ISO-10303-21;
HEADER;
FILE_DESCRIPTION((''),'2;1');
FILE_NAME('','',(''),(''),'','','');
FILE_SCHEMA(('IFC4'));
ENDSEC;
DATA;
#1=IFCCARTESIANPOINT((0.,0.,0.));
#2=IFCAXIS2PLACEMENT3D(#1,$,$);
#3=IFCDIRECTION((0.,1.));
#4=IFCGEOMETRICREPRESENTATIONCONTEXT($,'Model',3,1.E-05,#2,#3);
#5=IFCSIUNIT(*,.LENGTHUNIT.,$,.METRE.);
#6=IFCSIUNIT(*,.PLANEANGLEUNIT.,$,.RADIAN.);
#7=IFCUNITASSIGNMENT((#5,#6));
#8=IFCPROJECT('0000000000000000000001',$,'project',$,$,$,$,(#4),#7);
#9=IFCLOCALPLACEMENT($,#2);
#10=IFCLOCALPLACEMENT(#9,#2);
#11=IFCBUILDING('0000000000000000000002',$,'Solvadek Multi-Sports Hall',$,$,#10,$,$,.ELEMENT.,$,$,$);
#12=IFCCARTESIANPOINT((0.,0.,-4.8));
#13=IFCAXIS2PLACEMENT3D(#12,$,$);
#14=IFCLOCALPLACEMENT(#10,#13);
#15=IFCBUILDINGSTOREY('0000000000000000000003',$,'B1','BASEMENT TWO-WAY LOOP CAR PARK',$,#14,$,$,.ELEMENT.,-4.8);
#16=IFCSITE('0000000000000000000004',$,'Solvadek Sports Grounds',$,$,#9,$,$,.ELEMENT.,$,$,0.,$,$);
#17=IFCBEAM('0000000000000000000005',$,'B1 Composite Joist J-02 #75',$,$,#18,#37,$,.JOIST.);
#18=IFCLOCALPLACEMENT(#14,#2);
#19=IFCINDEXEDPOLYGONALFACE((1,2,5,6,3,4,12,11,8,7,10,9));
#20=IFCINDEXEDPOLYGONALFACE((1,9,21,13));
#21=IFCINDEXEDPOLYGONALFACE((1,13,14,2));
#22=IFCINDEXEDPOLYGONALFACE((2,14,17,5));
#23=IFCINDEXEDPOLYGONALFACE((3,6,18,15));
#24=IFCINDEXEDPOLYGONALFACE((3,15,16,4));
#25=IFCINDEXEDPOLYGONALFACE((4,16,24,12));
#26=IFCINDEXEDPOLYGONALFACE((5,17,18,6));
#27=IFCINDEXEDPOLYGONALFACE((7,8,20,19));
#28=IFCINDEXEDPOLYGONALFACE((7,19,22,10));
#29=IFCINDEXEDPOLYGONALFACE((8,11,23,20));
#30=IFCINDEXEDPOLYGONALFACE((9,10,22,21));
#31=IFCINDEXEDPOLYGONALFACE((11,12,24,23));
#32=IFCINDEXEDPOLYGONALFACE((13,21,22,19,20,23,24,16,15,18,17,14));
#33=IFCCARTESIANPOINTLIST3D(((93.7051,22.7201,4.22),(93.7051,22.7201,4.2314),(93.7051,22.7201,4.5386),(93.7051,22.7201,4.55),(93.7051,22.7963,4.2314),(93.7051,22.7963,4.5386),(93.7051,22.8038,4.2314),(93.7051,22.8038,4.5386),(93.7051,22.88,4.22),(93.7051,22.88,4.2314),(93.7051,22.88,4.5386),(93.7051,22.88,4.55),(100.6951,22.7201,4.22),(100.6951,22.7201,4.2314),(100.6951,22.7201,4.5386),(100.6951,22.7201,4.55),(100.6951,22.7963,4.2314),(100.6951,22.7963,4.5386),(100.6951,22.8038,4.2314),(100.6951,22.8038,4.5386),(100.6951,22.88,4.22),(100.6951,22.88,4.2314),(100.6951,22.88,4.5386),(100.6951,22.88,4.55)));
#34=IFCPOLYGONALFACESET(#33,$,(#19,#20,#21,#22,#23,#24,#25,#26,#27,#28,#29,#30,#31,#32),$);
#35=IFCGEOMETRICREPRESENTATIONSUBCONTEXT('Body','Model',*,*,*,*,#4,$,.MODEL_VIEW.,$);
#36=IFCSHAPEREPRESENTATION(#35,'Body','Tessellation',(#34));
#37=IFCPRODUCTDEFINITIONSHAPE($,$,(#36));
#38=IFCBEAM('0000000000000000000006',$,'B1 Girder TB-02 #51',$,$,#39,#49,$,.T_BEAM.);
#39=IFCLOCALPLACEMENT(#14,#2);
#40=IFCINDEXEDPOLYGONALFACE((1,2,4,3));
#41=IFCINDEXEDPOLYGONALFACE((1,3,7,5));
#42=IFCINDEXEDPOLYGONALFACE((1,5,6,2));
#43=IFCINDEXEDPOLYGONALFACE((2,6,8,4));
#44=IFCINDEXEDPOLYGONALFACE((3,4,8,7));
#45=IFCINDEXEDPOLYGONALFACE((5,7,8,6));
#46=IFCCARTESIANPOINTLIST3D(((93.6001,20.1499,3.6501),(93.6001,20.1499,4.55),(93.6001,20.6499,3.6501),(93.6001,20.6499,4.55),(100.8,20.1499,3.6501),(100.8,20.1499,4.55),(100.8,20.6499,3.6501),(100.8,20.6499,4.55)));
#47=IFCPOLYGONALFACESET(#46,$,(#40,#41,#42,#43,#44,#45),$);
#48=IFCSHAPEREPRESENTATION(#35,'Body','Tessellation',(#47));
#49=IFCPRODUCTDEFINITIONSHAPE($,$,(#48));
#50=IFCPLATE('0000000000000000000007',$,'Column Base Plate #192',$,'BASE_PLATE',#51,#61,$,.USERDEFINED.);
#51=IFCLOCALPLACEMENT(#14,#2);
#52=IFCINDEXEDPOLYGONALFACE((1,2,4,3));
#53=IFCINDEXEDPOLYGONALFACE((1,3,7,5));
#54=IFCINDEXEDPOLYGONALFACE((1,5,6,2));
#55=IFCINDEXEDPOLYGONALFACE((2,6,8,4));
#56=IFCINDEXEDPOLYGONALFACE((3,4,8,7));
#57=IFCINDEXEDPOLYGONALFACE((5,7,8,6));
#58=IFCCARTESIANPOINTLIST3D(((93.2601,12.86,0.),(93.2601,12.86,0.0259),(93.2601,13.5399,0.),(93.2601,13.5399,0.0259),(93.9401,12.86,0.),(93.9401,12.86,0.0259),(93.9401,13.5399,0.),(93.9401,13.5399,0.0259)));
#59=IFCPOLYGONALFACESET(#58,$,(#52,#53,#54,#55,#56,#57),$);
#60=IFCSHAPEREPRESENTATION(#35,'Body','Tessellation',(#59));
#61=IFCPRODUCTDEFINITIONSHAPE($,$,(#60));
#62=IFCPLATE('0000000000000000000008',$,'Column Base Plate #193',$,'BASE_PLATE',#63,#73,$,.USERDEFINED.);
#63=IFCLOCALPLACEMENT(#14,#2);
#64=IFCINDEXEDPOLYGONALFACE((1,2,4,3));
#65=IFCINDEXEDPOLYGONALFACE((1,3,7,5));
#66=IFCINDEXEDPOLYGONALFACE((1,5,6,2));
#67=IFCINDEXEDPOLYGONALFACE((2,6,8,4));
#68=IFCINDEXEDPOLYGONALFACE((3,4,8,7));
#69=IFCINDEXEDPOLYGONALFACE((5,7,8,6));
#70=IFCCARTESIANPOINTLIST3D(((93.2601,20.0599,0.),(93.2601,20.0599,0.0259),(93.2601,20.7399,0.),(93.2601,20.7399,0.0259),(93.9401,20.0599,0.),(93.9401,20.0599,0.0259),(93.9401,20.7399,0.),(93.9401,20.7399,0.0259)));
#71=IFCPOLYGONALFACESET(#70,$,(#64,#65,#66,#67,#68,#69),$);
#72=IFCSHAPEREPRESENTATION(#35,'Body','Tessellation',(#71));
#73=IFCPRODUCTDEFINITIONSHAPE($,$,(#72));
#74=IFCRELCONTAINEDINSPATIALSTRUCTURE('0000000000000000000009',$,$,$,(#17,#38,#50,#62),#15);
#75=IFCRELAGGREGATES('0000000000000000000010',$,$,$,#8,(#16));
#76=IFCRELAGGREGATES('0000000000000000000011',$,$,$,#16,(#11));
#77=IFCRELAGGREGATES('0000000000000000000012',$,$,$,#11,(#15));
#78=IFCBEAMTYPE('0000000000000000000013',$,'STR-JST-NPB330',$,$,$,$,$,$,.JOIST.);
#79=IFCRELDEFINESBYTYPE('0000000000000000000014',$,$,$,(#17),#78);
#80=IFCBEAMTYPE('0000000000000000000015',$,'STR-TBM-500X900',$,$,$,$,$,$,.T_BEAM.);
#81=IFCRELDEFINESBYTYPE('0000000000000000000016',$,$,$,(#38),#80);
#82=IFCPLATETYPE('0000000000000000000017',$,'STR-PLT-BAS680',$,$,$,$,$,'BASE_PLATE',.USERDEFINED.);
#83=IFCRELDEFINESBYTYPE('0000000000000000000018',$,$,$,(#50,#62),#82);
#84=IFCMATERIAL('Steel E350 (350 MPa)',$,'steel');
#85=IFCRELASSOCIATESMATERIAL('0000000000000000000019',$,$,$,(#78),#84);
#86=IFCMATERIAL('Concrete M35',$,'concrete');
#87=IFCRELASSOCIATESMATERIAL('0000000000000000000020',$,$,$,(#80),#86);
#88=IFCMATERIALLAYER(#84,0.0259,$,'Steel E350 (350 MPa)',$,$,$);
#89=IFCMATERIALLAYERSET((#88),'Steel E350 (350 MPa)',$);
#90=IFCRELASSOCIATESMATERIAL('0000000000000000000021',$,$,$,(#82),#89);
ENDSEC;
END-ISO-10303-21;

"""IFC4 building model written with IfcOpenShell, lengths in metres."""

from ifc_helpers import new_model, si_unit, direction, frame, origin, origin_2d, place, context, subcontext, project, spatial, rectangle, i_section, extrude, material, layer, layer_set, material_profile, profile_set, type_object, element, save


model = new_model("IFC4")

# Units and contexts
model_context = context("Model", 3, precision=1e-05, world=origin(), true_north=direction((0.0, 1.0)))
body_context = subcontext(model_context, "Body", "Model", "MODEL_VIEW")
ifc_project = project(units=[si_unit("LENGTHUNIT", "METRE"), si_unit("PLANEANGLEUNIT", "RADIAN")], contexts=[model_context])

# Site, building, storey
site_placement = place(None, origin())
site = spatial("IfcSite", under=ifc_project, at=site_placement, Name="Solvadek Sports Grounds", CompositionType="ELEMENT", RefElevation=0.0)
building_placement = place(site_placement, origin())
building = spatial("IfcBuilding", under=site, at=building_placement, Name="Solvadek Multi-Sports Hall", CompositionType="ELEMENT")
storey_placement = place(building_placement, frame((0.0, 0.0, -4.8)))
storey = spatial("IfcBuildingStorey", under=building, at=storey_placement, Name="B1", Description="BASEMENT TWO-WAY LOOP CAR PARK", CompositionType="ELEMENT", Elevation=-4.8)

# Shared definitions
ifc_material_1 = material(Name="Concrete M35", Category="concrete")

# Shared definitions
ifc_material_2 = material(Name="Steel E350 (350 MPa)", Category="steel")

# Beams
ifc_material_profile_1 = material_profile(ifc_material_2, i_section(OverallWidth=0.1599, OverallDepth=0.3301, WebThickness=0.0076, FlangeThickness=0.0115, at=origin_2d()), Name="NPB 330")
ifc_profile_set_1 = profile_set([ifc_material_profile_1], Name="Steel E350 (350 MPa)")
beam_type_1 = type_object("IfcBeamType", Name="STR-JST-NPB330", PredefinedType="JOIST", material=ifc_profile_set_1)
beam_1_placement = place(storey_placement, frame((93.7051, 22.8, 4.385), z_axis=(1.0, 0.0, 0.0), x_axis=(0.0, 1.0, 0.0)))
element("IfcBeam", 1, at=beam_1_placement, inside=storey, type_object=beam_type_1, Name="B1 Composite Joist J-02 #75", PredefinedType="JOIST", context=body_context, shape_type="SweptSolid", body=[
    extrude(i_section(OverallWidth=0.1599, OverallDepth=0.3301, WebThickness=0.0076, FlangeThickness=0.0115, at=origin_2d()), origin(), (0.0, 0.0, 1.0), 6.99),
])
ifc_material_profile_2 = material_profile(ifc_material_1, rectangle(XDim=0.5, YDim=0.8999, at=origin_2d()), Name="RC T-BEAM 500x900")
ifc_profile_set_2 = profile_set([ifc_material_profile_2], Name="Concrete M35")
beam_type_2 = type_object("IfcBeamType", Name="STR-TBM-500X900", PredefinedType="T_BEAM", material=ifc_profile_set_2)
beam_2_placement = place(storey_placement, frame((93.6001, 20.3999, 4.1001), z_axis=(1.0, 0.0, 0.0), x_axis=(0.0, 1.0, 0.0)))
element("IfcBeam", 2, at=beam_2_placement, inside=storey, type_object=beam_type_2, Name="B1 Girder TB-02 #51", PredefinedType="T_BEAM", context=body_context, shape_type="SweptSolid", body=[
    extrude(rectangle(XDim=0.5, YDim=0.8999, at=origin_2d()), origin(), (0.0, 0.0, 1.0), 7.2),
])

# Plates
ifc_layer = layer(ifc_material_2, 0.0259, Name="Steel E350 (350 MPa)")
ifc_layer_set = layer_set([ifc_layer], Name="Steel E350 (350 MPa)")
plate_type = type_object("IfcPlateType", Name="STR-PLT-BAS680", ElementType="BASE_PLATE", PredefinedType="USERDEFINED", material=ifc_layer_set)
for number, where, z_axis, x_axis, name in (
    (3, (93.6001, 13.2, 0.0), (0.0, 0.0, 1.0), (1.0, 0.0, 0.0), "Column Base Plate #192"),
    (4, (93.6001, 20.3999, 0.0), (0.0, 0.0, 1.0), (1.0, 0.0, 0.0), "Column Base Plate #193"),
):
    element("IfcPlate", number, at=place(storey_placement, frame(where, z_axis=z_axis, x_axis=x_axis)), inside=storey, type_object=plate_type, Name=name, ObjectType="BASE_PLATE", PredefinedType="USERDEFINED", context=body_context, shape_type="SweptSolid", body=[
        extrude(rectangle(XDim=0.6799, YDim=0.6799, at=origin_2d()), origin(), (0.0, 0.0, 1.0), 0.0259),
    ])

save(model, "model.ifc")
